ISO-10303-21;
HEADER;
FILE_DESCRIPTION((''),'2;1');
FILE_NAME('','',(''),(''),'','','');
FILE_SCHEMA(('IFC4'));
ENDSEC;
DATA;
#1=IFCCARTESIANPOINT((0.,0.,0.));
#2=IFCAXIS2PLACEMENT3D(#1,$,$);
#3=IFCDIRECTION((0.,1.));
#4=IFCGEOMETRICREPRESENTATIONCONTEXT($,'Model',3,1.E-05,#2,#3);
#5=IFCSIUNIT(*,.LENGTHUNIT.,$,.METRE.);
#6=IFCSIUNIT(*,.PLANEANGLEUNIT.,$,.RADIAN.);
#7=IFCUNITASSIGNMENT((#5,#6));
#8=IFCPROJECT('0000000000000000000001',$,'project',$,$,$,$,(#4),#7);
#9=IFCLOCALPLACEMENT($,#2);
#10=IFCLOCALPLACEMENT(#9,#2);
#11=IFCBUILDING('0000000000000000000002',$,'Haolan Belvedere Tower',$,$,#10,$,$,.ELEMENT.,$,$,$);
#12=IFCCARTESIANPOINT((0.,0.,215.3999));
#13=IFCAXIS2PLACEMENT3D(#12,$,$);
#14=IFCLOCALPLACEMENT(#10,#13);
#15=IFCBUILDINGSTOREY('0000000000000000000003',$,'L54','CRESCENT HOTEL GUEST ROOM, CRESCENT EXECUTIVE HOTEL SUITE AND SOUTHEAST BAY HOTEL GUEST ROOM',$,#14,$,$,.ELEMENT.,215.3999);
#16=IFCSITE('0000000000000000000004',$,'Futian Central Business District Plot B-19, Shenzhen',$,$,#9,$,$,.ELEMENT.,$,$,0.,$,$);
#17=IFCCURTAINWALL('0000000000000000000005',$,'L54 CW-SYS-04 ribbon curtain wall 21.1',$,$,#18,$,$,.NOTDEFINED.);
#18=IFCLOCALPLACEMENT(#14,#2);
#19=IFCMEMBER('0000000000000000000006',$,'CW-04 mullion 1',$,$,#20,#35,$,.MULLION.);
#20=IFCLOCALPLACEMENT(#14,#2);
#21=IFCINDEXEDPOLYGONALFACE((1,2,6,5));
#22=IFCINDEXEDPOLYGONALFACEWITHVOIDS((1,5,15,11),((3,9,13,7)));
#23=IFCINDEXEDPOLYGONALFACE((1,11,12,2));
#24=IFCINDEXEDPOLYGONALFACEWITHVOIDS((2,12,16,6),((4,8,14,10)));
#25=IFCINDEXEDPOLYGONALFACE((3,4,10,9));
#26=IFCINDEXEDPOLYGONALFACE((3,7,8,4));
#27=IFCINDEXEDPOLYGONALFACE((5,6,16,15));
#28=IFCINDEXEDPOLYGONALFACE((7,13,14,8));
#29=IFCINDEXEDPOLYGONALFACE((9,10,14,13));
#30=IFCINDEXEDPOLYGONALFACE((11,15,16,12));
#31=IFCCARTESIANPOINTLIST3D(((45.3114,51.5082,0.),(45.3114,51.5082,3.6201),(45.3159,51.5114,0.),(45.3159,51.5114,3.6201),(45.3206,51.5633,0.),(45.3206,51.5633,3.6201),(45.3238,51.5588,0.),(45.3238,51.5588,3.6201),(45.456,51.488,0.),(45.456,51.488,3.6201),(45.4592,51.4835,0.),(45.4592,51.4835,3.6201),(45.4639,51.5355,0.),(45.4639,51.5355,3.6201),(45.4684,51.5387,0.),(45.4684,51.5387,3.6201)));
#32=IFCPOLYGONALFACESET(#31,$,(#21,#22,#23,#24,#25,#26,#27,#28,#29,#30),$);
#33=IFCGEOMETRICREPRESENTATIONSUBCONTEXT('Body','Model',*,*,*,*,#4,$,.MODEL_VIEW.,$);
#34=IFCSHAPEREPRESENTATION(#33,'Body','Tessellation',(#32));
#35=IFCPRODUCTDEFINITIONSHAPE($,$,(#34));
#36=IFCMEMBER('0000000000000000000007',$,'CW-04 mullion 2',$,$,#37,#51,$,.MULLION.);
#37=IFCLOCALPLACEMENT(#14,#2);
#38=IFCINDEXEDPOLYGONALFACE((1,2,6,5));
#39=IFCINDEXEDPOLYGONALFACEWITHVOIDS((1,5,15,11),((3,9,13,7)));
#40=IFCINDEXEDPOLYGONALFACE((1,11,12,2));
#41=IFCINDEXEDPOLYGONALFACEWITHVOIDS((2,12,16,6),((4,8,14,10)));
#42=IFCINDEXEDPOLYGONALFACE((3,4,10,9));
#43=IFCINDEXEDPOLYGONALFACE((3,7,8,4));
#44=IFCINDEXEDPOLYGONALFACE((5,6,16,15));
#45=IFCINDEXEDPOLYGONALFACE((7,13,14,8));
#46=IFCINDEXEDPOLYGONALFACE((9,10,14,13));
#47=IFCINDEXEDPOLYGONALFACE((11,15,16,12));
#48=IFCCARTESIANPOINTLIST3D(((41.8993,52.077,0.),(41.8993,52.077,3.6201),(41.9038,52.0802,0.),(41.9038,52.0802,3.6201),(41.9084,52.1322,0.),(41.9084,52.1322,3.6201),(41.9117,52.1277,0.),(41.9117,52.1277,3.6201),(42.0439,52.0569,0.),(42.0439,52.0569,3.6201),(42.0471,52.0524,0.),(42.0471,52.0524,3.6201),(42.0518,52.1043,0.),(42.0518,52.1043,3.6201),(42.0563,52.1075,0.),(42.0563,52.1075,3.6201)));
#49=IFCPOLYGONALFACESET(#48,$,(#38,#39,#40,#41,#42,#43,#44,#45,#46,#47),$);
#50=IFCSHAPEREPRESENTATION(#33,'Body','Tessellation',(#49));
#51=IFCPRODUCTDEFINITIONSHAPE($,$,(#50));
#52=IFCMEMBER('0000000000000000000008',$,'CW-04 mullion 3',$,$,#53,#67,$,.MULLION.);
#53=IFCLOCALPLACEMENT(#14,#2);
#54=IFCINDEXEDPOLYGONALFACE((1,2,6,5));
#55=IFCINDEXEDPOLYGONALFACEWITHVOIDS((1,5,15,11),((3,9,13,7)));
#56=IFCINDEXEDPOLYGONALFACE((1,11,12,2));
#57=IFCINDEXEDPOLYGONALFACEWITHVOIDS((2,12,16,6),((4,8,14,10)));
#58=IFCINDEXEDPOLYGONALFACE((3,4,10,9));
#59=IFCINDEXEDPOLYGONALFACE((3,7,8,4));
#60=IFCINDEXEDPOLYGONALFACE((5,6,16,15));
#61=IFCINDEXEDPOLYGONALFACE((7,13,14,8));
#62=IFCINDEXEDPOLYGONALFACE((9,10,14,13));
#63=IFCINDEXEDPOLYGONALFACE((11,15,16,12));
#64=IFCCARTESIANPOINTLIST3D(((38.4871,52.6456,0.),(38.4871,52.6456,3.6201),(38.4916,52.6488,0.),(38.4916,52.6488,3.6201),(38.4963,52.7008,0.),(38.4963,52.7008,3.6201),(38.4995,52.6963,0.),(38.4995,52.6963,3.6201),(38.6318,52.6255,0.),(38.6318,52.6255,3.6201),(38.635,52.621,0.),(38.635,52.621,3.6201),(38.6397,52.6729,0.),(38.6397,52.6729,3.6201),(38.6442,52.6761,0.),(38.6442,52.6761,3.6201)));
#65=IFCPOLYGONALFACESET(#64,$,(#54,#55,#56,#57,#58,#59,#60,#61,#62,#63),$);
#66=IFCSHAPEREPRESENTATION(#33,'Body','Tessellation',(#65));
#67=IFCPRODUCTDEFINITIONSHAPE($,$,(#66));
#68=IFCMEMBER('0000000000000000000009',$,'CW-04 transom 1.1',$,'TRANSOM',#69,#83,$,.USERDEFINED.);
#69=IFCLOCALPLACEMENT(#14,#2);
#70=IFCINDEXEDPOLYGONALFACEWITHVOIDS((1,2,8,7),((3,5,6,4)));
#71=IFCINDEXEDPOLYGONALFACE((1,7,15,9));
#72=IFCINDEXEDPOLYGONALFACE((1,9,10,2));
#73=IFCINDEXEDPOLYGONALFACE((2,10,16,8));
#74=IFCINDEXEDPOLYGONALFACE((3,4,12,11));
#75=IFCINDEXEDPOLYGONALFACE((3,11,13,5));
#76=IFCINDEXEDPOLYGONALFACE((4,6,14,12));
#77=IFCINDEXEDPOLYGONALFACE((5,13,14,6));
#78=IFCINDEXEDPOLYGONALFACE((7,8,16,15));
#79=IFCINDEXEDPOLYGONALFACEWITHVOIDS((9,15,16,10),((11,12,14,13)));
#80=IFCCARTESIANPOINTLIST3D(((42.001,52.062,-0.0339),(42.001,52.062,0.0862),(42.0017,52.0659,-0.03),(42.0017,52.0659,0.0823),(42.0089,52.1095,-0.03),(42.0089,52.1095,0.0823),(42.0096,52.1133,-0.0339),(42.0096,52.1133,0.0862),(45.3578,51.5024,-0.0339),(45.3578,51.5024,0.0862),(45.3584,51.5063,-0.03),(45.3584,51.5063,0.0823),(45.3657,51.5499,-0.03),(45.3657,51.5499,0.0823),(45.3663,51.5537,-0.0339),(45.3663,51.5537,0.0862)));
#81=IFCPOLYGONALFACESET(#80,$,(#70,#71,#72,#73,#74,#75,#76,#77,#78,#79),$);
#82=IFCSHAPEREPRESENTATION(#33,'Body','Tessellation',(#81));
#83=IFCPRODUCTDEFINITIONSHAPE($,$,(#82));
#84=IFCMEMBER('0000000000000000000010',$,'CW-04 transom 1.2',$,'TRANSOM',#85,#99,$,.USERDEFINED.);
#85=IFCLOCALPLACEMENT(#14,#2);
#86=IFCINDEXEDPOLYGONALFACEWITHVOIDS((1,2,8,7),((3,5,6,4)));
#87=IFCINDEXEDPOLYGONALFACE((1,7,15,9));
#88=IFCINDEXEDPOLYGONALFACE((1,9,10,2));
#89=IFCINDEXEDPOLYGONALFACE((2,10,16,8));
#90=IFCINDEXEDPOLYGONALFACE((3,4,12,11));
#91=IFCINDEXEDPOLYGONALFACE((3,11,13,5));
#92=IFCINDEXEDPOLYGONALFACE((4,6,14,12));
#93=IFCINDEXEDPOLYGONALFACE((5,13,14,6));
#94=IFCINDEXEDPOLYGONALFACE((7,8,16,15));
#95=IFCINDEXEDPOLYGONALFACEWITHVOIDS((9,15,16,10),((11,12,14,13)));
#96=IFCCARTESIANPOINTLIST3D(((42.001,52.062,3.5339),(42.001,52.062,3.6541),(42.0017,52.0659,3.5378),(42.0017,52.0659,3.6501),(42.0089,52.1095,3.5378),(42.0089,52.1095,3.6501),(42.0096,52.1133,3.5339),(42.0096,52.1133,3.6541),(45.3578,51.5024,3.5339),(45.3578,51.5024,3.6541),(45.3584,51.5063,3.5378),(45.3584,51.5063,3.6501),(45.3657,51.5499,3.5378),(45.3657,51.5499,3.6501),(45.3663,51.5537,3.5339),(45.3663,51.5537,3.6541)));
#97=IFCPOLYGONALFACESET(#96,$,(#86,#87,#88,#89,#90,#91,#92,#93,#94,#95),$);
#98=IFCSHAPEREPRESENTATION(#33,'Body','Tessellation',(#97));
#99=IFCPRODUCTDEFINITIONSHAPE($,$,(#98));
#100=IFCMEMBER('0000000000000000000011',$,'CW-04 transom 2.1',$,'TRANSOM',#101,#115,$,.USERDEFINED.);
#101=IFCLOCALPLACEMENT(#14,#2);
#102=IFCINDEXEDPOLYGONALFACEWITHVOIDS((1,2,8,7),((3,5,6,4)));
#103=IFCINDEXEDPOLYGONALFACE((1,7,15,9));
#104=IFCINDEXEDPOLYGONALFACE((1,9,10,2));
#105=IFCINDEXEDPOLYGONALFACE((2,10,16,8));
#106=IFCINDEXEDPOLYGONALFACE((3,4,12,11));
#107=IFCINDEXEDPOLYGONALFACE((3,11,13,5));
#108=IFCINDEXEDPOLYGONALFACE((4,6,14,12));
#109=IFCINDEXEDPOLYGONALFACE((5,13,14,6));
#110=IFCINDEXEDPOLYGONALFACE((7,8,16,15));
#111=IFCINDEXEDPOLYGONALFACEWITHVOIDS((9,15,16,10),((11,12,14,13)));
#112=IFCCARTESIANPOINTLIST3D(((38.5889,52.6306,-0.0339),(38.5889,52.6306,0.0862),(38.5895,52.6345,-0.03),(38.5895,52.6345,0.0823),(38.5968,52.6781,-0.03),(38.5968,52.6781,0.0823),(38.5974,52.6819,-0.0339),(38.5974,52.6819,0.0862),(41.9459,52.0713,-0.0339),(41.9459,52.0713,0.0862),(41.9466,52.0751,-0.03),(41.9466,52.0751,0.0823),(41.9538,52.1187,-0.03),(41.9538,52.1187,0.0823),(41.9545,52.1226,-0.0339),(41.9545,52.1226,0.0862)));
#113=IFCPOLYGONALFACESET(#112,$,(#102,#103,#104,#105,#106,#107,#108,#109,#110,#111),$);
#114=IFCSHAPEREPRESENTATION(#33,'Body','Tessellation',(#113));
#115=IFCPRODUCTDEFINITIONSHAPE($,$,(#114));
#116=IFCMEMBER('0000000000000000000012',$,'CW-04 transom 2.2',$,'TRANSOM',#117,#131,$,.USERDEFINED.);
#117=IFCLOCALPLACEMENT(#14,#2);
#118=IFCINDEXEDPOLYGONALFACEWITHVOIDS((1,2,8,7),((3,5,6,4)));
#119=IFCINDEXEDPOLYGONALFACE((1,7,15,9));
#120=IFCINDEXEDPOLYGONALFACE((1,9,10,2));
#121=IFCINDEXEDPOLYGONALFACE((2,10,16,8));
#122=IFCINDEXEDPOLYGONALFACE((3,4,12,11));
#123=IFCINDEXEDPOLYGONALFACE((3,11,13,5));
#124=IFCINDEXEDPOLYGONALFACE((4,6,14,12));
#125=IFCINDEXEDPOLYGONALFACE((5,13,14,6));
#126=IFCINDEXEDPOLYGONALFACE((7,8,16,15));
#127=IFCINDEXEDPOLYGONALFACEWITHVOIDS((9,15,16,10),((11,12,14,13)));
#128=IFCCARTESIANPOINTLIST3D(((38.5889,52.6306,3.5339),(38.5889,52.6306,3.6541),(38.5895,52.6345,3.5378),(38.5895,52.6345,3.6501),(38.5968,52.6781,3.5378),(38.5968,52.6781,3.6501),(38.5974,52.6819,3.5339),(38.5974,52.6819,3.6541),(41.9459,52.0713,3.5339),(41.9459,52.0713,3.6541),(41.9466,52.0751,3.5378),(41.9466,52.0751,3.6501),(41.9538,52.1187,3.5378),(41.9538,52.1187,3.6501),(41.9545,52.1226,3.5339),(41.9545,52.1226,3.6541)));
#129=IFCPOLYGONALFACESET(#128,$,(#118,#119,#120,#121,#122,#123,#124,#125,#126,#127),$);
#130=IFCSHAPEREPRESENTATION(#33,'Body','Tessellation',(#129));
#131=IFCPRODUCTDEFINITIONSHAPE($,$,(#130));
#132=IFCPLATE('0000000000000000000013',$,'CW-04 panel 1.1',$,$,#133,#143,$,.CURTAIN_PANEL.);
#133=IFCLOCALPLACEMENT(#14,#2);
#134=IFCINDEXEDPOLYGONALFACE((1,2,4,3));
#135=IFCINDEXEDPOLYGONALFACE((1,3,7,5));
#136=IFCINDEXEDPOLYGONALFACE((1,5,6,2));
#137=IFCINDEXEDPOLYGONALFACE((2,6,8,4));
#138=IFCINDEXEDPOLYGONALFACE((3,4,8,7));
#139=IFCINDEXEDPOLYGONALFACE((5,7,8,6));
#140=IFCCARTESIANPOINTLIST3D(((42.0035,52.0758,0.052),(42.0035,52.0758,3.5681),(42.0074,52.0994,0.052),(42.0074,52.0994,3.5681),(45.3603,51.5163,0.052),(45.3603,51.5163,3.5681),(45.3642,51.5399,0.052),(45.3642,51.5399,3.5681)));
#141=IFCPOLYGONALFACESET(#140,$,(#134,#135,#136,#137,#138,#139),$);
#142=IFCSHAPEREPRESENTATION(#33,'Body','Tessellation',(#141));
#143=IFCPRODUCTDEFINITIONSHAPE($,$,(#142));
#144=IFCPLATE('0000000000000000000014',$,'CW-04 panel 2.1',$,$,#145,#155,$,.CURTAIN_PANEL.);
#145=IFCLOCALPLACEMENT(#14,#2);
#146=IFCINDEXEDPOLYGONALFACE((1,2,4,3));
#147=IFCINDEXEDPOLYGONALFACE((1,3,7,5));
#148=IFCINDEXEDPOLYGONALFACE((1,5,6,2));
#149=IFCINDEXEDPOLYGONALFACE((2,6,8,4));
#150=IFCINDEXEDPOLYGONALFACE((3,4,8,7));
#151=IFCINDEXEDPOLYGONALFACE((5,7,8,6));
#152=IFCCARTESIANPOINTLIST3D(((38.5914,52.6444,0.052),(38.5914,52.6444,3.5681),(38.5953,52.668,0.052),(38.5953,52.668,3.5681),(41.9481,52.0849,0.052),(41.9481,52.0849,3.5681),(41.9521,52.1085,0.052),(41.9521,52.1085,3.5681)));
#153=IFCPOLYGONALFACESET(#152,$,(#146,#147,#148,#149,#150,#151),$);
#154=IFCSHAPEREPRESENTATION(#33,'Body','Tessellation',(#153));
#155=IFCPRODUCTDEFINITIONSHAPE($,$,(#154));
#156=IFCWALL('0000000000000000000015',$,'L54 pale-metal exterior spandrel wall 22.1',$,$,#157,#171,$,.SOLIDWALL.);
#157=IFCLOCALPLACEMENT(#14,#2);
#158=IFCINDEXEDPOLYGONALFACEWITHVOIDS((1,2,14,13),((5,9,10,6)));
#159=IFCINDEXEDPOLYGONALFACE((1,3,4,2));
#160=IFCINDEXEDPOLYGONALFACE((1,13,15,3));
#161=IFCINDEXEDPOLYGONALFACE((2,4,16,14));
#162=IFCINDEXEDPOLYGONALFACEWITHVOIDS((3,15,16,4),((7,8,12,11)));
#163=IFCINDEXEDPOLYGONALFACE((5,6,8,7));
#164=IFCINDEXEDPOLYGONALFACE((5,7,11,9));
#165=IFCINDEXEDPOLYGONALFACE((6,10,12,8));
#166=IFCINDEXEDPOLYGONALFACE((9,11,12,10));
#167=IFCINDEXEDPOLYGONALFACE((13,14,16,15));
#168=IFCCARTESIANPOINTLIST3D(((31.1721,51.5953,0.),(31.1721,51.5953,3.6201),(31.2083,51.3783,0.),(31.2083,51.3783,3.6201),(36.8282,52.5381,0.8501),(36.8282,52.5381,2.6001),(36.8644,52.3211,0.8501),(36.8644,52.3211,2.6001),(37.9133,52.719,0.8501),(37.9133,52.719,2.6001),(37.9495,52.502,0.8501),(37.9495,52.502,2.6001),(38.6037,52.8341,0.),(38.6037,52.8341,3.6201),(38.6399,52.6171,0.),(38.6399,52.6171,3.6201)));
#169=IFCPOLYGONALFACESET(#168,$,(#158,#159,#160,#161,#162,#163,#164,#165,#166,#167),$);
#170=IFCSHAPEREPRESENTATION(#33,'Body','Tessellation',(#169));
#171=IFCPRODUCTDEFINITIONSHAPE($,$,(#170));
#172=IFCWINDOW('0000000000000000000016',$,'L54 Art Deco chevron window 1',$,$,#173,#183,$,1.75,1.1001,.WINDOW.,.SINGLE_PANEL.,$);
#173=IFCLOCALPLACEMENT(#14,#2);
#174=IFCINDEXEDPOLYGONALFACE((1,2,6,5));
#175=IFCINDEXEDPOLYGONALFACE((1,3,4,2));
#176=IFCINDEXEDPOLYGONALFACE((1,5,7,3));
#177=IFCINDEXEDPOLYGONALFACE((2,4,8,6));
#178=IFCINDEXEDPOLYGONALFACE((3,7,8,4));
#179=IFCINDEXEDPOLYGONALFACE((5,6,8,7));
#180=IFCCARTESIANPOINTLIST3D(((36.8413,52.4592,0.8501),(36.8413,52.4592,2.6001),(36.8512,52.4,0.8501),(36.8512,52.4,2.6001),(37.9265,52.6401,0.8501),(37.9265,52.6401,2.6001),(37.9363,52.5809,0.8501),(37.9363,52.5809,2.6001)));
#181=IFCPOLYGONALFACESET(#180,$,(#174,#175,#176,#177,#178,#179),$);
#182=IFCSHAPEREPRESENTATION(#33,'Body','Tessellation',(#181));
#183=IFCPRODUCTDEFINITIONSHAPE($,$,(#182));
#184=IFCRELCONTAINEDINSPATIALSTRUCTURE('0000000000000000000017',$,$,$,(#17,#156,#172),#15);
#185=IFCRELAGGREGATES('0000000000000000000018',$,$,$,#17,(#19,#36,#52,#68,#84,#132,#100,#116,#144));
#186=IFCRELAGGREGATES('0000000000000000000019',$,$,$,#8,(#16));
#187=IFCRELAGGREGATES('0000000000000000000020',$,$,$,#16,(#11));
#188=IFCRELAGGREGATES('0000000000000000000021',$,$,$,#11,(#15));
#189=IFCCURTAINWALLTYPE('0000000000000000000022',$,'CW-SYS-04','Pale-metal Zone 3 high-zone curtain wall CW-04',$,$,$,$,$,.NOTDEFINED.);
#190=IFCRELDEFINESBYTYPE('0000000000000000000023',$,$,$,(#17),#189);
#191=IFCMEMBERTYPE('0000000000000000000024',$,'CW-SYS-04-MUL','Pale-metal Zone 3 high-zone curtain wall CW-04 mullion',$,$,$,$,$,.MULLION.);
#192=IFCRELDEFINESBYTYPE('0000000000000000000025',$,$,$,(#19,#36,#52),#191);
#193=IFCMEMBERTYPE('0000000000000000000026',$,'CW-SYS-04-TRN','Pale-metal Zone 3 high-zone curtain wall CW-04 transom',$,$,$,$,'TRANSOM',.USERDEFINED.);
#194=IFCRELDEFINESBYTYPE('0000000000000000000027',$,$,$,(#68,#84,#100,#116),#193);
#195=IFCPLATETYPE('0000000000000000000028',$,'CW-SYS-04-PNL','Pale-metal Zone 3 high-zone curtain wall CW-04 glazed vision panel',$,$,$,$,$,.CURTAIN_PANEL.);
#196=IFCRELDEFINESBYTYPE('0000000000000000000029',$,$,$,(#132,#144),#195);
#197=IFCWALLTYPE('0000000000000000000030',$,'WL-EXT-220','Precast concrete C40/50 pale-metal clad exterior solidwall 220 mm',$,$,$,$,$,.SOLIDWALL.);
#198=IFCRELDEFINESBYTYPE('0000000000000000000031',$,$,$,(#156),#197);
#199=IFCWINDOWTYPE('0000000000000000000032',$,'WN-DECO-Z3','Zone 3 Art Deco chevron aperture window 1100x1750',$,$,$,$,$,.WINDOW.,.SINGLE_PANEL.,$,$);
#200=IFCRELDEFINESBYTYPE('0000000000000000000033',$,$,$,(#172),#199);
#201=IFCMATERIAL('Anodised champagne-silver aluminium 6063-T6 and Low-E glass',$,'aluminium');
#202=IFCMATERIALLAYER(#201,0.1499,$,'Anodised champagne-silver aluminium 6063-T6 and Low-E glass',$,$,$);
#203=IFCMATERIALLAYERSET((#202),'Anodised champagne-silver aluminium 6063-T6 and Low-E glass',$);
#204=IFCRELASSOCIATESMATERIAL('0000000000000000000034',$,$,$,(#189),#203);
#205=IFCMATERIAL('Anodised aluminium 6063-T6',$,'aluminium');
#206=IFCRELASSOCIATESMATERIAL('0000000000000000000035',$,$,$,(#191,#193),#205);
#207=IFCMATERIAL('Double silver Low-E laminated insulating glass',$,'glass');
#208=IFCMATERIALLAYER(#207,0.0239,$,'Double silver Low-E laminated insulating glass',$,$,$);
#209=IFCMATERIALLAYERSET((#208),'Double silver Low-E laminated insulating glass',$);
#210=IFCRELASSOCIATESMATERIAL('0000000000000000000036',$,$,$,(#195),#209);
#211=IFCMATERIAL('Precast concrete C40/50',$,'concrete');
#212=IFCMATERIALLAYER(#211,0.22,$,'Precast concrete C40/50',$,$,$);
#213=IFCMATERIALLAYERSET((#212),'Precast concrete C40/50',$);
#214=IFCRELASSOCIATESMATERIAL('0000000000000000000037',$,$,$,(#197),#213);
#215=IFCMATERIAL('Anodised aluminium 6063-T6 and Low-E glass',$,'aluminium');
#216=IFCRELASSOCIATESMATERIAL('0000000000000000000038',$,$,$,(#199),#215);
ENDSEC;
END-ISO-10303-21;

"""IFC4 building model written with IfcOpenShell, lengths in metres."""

from ifc_helpers import new_model, si_unit, direction, frame, frame_2d, origin, origin_2d, place, context, subcontext, project, spatial, rectangle, hollow_rectangle, extrude, material, layer, layer_set, material_profile, profile_set, type_object, element, fill, aggregate, save


model = new_model("IFC4")

# Units and contexts
model_context = context("Model", 3, precision=1e-05, world=origin(), true_north=direction((0.0, 1.0)))
body_context = subcontext(model_context, "Body", "Model", "MODEL_VIEW")
ifc_project = project(units=[si_unit("LENGTHUNIT", "METRE"), si_unit("PLANEANGLEUNIT", "RADIAN")], contexts=[model_context])

# Site, building, storey
site_placement = place(None, origin())
site = spatial("IfcSite", under=ifc_project, at=site_placement, Name="Futian Central Business District Plot B-19, Shenzhen", CompositionType="ELEMENT", RefElevation=0.0)
building_placement = place(site_placement, origin())
building = spatial("IfcBuilding", under=site, at=building_placement, Name="Haolan Belvedere Tower", CompositionType="ELEMENT")
storey_placement = place(building_placement, frame((0.0, 0.0, 215.3999)))
storey = spatial("IfcBuildingStorey", under=building, at=storey_placement, Name="L54", Description="CRESCENT HOTEL GUEST ROOM, CRESCENT EXECUTIVE HOTEL SUITE AND SOUTHEAST BAY HOTEL GUEST ROOM", CompositionType="ELEMENT", Elevation=215.3999)

# Shared definitions
ifc_material_1 = material(Name="Anodised champagne-silver aluminium 6063-T6 and Low-E glass", Category="aluminium")
ifc_layer_1 = layer(ifc_material_1, 0.1499, Name="Anodised champagne-silver aluminium 6063-T6 and Low-E glass")
ifc_layer_set_1 = layer_set([ifc_layer_1], Name="Anodised champagne-silver aluminium 6063-T6 and Low-E glass")
curtain_wall_type = type_object("IfcCurtainWallType", Name="CW-SYS-04", Description="Pale-metal Zone 3 high-zone curtain wall CW-04", PredefinedType="NOTDEFINED", material=ifc_layer_set_1)
ifc_material_2 = material(Name="Anodised aluminium 6063-T6", Category="aluminium")
ifc_material_profile_1 = material_profile(ifc_material_2, hollow_rectangle(XDim=0.0559, YDim=0.1499, WallThickness=0.0039, at=origin_2d()), Name="Anodised aluminium 6063-T6")
ifc_profile_set_1 = profile_set([ifc_material_profile_1], Name="Anodised aluminium 6063-T6")
member_type_1 = type_object("IfcMemberType", Name="CW-SYS-04-MUL", Description="Pale-metal Zone 3 high-zone curtain wall CW-04 mullion", PredefinedType="MULLION", material=ifc_profile_set_1)

# Curtain wall, members, plates
curtain_wall_1_placement = place(storey_placement, origin())
curtain_wall_1 = element("IfcCurtainWall", 1, at=curtain_wall_1_placement, inside=storey, type_object=curtain_wall_type, Name="L54 CW-SYS-04 ribbon curtain wall 21.1", PredefinedType="NOTDEFINED")
member_1_placement = place(storey_placement, frame((45.3899, 51.5234, 0.0), z_axis=(0.0, 0.0, 1.0), x_axis=(-0.164406, -0.986393, 0.0)))
member_1 = element("IfcMember", 2, at=member_1_placement, type_object=member_type_1, Name="CW-04 mullion 1", PredefinedType="MULLION", context=body_context, shape_type="SweptSolid", body=[
    extrude(hollow_rectangle(XDim=0.0559, YDim=0.1499, WallThickness=0.0039, at=origin_2d()), origin(), (0.0, 0.0, 1.0), 3.6201),
])
member_2_placement = place(storey_placement, frame((41.9778, 52.0923, 0.0), z_axis=(0.0, 0.0, 1.0), x_axis=(-0.164406, -0.986393, 0.0)))
member_2 = element("IfcMember", 3, at=member_2_placement, type_object=member_type_1, Name="CW-04 mullion 2", PredefinedType="MULLION", context=body_context, shape_type="SweptSolid", body=[
    extrude(hollow_rectangle(XDim=0.0559, YDim=0.1499, WallThickness=0.0039, at=origin_2d()), origin(), (0.0, 0.0, 1.0), 3.6201),
])
member_3_placement = place(storey_placement, frame((38.5657, 52.6609, 0.0), z_axis=(0.0, 0.0, 1.0), x_axis=(-0.164406, -0.986393, 0.0)))
member_3 = element("IfcMember", 4, at=member_3_placement, type_object=member_type_1, Name="CW-04 mullion 3", PredefinedType="MULLION", context=body_context, shape_type="SweptSolid", body=[
    extrude(hollow_rectangle(XDim=0.0559, YDim=0.1499, WallThickness=0.0039, at=origin_2d()), origin(), (0.0, 0.0, 1.0), 3.6201),
])
ifc_material_profile_2 = material_profile(ifc_material_2, hollow_rectangle(XDim=0.052, YDim=0.1201, WallThickness=0.0039, at=origin_2d()), Name="Anodised aluminium 6063-T6")
ifc_profile_set_2 = profile_set([ifc_material_profile_2], Name="Anodised aluminium 6063-T6")
member_type_2 = type_object("IfcMemberType", Name="CW-SYS-04-TRN", Description="Pale-metal Zone 3 high-zone curtain wall CW-04 transom", ElementType="TRANSOM", PredefinedType="USERDEFINED", material=ifc_profile_set_2)
member_4_placement = place(storey_placement, frame((45.3621, 51.5281, 0.0261), z_axis=(-0.986388, 0.164434, 0.0), x_axis=(-0.164434, -0.986388, 0.0)))
member_4 = element("IfcMember", 5, at=member_4_placement, type_object=member_type_2, Name="CW-04 transom 1.1", ObjectType="TRANSOM", PredefinedType="USERDEFINED", context=body_context, shape_type="SweptSolid", body=[
    extrude(hollow_rectangle(XDim=0.052, YDim=0.1201, WallThickness=0.0039, at=origin_2d()), origin(), (0.0, 0.0, 1.0), 3.4031),
])
member_5_placement = place(storey_placement, frame((45.3621, 51.5281, 3.594), z_axis=(-0.986388, 0.164434, 0.0), x_axis=(-0.164434, -0.986388, 0.0)))
member_5 = element("IfcMember", 6, at=member_5_placement, type_object=member_type_2, Name="CW-04 transom 1.2", ObjectType="TRANSOM", PredefinedType="USERDEFINED", context=body_context, shape_type="SweptSolid", body=[
    extrude(hollow_rectangle(XDim=0.052, YDim=0.1201, WallThickness=0.0039, at=origin_2d()), origin(), (0.0, 0.0, 1.0), 3.4031),
])
member_6_placement = place(storey_placement, frame((41.9502, 52.0969, 0.0261), z_axis=(-0.986402, 0.164352, 0.0), x_axis=(-0.164352, -0.986402, 0.0)))
member_6 = element("IfcMember", 7, at=member_6_placement, type_object=member_type_2, Name="CW-04 transom 2.1", ObjectType="TRANSOM", PredefinedType="USERDEFINED", context=body_context, shape_type="SweptSolid", body=[
    extrude(hollow_rectangle(XDim=0.052, YDim=0.1201, WallThickness=0.0039, at=origin_2d()), origin(), (0.0, 0.0, 1.0), 3.4033),
])
member_7_placement = place(storey_placement, frame((41.9502, 52.0969, 3.594), z_axis=(-0.986402, 0.164352, 0.0), x_axis=(-0.164352, -0.986402, 0.0)))
member_7 = element("IfcMember", 8, at=member_7_placement, type_object=member_type_2, Name="CW-04 transom 2.2", ObjectType="TRANSOM", PredefinedType="USERDEFINED", context=body_context, shape_type="SweptSolid", body=[
    extrude(hollow_rectangle(XDim=0.052, YDim=0.1201, WallThickness=0.0039, at=origin_2d()), origin(), (0.0, 0.0, 1.0), 3.4033),
])
ifc_material_3 = material(Name="Double silver Low-E laminated insulating glass", Category="glass")
ifc_layer_2 = layer(ifc_material_3, 0.0239, Name="Double silver Low-E laminated insulating glass")
ifc_layer_set_2 = layer_set([ifc_layer_2], Name="Double silver Low-E laminated insulating glass")
plate_type = type_object("IfcPlateType", Name="CW-SYS-04-PNL", Description="Pale-metal Zone 3 high-zone curtain wall CW-04 glazed vision panel", PredefinedType="CURTAIN_PANEL", material=ifc_layer_set_2)
plate_1_placement = place(storey_placement, frame((43.6838, 51.8079, 0.052), z_axis=(0.0, 0.0, 1.0), x_axis=(-0.986393, 0.164406, 0.0)))
plate_1 = element("IfcPlate", 9, at=plate_1_placement, type_object=plate_type, Name="CW-04 panel 1.1", PredefinedType="CURTAIN_PANEL", context=body_context, shape_type="SweptSolid", body=[
    extrude(rectangle(XDim=3.4031, YDim=0.0239, at=origin_2d()), origin(), (0.0, 0.0, 1.0), 3.5161),
])
plate_2_placement = place(storey_placement, frame((40.2717, 52.3765, 0.052), z_axis=(0.0, 0.0, 1.0), x_axis=(-0.986393, 0.164406, 0.0)))
plate_2 = element("IfcPlate", 10, at=plate_2_placement, type_object=plate_type, Name="CW-04 panel 2.1", PredefinedType="CURTAIN_PANEL", context=body_context, shape_type="SweptSolid", body=[
    extrude(rectangle(XDim=3.4031, YDim=0.0239, at=origin_2d()), origin(), (0.0, 0.0, 1.0), 3.5161),
])
aggregate(curtain_wall_1, [member_1, member_2, member_3, member_4, member_5, plate_1, member_6, member_7, plate_2])

# Wall, opening, window
ifc_material_4 = material(Name="Precast concrete C40/50", Category="concrete")
ifc_layer_3 = layer(ifc_material_4, 0.22, Name="Precast concrete C40/50")
ifc_layer_set_3 = layer_set([ifc_layer_3], Name="Precast concrete C40/50")
wall_type_1 = type_object("IfcWallType", Name="WL-EXT-220", Description="Precast concrete C40/50 pale-metal clad exterior solidwall 220 mm", PredefinedType="SOLIDWALL", material=ifc_layer_set_3)
wall_1_placement = place(storey_placement, frame((38.6218, 52.7256, 0.0), z_axis=(0.0, 0.0, 1.0), x_axis=(-0.98639, -0.16442, 0.0)))
wall_1 = element("IfcWall", 11, at=wall_1_placement, inside=storey, type_object=wall_type_1, Name="L54 pale-metal exterior spandrel wall 22.1", PredefinedType="SOLIDWALL", context=body_context, shape_type="SweptSolid", body=[
    extrude(rectangle(XDim=7.5342, YDim=0.22, at=frame_2d((3.7671, 0.0))), origin(), (0.0, 0.0, 1.0), 3.6201),
])
opening_1_placement = place(wall_1_placement, frame((0.7, 0.0, 0.8501)))
opening_1 = element("IfcOpeningElement", 12, at=opening_1_placement, cuts=wall_1, PredefinedType="OPENING", context=body_context, shape_type="SweptSolid", body=[
    extrude(rectangle(XDim=1.1001, YDim=1.75, at=frame_2d((0.55, 0.875))), frame((0.0, 0.1199, 0.0), z_axis=(0.0, -1.0, 0.0), x_axis=(1.0, 0.0, 0.0)), (0.0, 0.0, 1.0), 0.24),
])
ifc_material_5 = material(Name="Anodised aluminium 6063-T6 and Low-E glass", Category="aluminium")
window_type = type_object("IfcWindowType", Name="WN-DECO-Z3", Description="Zone 3 Art Deco chevron aperture window 1100x1750", PartitioningType="SINGLE_PANEL", PredefinedType="WINDOW", material=ifc_material_5)
window_placement = place(opening_1_placement, origin())
window = element("IfcWindow", 13, at=window_placement, inside=storey, type_object=window_type, Name="L54 Art Deco chevron window 1", OverallHeight=1.75, OverallWidth=1.1001, PartitioningType="SINGLE_PANEL", PredefinedType="WINDOW", context=body_context, shape_type="SweptSolid", body=[
    extrude(rectangle(XDim=1.1001, YDim=1.75, at=frame_2d((0.55, 0.875))), frame((0.0, 0.03, 0.0), z_axis=(0.0, -1.0, 0.0), x_axis=(1.0, 0.0, 0.0)), (0.0, 0.0, 1.0), 0.0601),
])
fill(opening_1, window)

save(model, "model.ifc")
